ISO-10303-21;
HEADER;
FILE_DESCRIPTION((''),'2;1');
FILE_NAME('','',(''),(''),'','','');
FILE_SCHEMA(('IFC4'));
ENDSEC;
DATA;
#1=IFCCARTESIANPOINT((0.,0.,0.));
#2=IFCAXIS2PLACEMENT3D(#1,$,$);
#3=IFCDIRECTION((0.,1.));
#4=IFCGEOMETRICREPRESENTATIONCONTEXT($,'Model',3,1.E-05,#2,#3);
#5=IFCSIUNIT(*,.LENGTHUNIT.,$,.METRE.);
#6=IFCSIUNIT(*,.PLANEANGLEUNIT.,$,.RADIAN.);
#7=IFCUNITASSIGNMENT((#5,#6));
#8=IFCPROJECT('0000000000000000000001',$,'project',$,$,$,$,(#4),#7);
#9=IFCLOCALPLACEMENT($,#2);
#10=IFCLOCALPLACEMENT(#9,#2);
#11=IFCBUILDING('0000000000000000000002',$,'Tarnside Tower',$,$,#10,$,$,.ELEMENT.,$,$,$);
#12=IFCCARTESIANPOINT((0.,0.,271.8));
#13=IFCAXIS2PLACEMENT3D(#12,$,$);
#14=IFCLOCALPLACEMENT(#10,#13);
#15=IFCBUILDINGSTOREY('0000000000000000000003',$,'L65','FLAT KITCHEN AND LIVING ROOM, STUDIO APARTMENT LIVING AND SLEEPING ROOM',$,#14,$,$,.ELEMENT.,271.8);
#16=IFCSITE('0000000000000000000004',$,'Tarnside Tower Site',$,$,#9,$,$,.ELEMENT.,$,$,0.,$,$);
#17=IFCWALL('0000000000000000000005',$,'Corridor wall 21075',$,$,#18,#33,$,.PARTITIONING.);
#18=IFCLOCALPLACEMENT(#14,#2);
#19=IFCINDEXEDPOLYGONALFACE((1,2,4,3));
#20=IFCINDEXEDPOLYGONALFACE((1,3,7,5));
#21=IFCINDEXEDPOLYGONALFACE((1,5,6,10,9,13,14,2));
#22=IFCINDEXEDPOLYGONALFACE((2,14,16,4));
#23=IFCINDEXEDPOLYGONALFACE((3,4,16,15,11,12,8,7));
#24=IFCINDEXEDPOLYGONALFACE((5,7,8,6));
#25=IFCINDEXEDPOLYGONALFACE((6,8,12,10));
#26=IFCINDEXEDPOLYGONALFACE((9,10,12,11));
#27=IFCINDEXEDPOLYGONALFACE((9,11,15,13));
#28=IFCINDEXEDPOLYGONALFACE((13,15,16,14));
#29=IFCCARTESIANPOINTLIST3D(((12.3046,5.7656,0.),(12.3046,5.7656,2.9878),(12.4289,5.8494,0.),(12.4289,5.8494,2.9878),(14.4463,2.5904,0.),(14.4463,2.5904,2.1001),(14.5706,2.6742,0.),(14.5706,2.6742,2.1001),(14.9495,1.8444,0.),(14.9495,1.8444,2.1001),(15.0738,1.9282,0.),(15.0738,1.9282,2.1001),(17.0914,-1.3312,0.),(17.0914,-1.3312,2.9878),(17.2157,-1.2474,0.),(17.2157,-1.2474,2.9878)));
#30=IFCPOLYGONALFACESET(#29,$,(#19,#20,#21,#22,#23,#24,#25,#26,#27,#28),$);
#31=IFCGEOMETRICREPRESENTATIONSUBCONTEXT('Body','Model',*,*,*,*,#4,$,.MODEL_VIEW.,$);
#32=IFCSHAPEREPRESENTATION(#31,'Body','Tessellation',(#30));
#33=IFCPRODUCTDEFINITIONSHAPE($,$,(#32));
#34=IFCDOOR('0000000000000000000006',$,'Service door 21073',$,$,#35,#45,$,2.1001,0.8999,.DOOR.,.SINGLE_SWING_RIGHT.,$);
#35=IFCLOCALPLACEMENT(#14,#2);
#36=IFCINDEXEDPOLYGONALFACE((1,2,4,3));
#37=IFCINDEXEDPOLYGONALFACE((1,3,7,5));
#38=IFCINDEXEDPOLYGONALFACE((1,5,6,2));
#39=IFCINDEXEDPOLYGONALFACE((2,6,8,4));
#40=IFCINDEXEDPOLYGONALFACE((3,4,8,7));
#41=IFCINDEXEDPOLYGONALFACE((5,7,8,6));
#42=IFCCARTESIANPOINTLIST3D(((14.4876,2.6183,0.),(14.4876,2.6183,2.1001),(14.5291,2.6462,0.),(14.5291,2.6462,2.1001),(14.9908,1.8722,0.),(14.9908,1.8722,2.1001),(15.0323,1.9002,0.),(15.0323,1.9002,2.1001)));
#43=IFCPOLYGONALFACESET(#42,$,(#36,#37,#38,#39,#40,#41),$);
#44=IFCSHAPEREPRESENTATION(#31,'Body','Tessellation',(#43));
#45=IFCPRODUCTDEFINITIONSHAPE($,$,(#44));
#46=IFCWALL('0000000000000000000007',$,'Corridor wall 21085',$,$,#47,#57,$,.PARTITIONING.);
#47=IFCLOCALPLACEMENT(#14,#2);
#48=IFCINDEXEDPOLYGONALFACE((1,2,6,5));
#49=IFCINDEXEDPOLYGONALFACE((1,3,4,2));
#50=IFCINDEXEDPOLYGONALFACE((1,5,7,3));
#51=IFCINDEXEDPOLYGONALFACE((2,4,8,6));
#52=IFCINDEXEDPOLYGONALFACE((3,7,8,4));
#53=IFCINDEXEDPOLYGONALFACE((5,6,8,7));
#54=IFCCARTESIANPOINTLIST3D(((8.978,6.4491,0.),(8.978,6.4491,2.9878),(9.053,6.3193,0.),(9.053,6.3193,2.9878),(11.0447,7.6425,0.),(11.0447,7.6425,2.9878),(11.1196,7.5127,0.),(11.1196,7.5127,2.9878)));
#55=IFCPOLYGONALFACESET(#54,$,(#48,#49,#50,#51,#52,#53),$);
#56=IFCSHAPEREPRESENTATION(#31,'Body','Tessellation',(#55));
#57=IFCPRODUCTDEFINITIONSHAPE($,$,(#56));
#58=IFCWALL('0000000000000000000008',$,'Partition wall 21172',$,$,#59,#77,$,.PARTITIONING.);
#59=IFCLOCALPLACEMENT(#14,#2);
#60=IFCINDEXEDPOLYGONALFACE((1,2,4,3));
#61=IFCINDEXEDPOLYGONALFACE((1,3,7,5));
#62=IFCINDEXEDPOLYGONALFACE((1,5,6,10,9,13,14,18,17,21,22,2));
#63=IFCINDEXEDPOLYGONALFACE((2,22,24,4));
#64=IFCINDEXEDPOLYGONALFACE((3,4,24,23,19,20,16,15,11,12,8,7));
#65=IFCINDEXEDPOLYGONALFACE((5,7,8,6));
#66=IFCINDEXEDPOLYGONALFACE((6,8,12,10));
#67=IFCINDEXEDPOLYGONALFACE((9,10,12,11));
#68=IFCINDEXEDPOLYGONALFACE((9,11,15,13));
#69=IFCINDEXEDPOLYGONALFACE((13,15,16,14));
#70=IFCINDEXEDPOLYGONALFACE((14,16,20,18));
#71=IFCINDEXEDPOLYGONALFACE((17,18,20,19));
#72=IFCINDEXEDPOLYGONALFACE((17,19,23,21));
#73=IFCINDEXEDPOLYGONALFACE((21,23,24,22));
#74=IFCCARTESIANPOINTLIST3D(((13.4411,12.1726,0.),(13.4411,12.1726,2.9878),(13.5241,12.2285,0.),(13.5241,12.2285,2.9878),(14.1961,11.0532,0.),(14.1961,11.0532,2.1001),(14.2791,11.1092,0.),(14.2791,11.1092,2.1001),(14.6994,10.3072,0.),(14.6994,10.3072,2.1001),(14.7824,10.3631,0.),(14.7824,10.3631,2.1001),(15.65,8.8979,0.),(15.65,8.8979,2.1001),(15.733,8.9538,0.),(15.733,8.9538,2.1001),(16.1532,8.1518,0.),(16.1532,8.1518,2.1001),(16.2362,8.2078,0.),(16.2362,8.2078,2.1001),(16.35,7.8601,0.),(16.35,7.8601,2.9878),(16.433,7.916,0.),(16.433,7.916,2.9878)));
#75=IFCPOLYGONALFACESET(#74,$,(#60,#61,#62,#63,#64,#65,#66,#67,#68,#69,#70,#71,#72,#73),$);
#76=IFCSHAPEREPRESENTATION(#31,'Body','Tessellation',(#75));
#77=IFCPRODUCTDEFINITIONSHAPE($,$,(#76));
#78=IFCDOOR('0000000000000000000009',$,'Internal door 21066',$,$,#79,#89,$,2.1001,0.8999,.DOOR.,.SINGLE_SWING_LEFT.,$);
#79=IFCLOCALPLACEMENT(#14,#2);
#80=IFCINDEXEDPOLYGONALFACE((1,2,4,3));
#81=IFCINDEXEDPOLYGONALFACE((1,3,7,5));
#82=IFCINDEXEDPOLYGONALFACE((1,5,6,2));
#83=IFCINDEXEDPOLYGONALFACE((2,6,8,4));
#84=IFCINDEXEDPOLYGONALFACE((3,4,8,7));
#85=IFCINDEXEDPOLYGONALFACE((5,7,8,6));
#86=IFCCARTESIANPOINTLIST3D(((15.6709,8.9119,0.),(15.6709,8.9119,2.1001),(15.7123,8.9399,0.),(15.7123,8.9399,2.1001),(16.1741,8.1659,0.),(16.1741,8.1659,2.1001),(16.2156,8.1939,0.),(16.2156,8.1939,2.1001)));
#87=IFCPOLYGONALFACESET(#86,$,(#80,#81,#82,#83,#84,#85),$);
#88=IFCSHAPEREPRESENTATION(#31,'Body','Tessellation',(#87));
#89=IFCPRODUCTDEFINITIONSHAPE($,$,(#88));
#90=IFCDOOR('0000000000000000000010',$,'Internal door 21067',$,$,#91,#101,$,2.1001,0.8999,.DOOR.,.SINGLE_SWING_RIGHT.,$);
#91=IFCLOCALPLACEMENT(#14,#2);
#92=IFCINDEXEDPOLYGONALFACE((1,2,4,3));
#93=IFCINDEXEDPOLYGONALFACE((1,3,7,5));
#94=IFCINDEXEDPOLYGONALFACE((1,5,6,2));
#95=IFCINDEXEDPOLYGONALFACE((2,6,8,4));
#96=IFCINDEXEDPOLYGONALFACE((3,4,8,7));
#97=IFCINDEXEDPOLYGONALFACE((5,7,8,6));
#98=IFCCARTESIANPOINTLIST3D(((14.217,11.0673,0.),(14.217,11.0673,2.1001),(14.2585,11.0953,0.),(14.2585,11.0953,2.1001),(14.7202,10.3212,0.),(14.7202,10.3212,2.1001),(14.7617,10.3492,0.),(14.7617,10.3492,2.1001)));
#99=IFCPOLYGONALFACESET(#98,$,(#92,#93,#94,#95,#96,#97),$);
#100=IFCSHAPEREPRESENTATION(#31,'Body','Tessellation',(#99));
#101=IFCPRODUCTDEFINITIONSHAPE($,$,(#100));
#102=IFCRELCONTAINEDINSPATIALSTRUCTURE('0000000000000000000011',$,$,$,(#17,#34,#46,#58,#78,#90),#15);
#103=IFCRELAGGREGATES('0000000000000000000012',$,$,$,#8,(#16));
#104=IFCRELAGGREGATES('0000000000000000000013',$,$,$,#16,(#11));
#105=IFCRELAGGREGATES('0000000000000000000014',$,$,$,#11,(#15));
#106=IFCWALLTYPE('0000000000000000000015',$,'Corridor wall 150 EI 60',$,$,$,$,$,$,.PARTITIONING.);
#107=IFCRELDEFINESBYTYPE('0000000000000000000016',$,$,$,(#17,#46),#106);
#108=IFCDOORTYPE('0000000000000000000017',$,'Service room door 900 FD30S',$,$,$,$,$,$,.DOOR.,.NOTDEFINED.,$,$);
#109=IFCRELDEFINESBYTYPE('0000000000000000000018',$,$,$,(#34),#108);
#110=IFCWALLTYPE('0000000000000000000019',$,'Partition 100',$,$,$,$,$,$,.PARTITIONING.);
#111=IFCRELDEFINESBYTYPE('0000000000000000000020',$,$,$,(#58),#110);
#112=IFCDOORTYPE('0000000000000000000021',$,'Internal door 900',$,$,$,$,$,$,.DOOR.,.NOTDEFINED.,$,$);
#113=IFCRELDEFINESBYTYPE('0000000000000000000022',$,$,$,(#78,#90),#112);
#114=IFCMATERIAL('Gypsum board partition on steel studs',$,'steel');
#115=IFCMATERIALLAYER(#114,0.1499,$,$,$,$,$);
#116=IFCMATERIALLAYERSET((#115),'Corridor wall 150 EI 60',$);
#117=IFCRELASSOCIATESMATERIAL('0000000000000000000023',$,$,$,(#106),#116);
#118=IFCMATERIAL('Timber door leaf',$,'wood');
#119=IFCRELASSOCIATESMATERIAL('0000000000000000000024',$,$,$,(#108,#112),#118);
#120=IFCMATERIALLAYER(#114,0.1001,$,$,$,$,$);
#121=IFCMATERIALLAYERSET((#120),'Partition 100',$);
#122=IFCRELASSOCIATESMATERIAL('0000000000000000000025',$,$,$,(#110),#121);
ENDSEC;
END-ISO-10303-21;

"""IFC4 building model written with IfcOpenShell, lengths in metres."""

from ifc_helpers import new_model, si_unit, direction, frame, frame_2d, origin, place, context, subcontext, project, spatial, rectangle, extrude, material, layer, layer_set, type_object, element, fill, save


model = new_model("IFC4")

# Units and contexts
model_context = context("Model", 3, precision=1e-05, world=origin(), true_north=direction((0.0, 1.0)))
body_context = subcontext(model_context, "Body", "Model", "MODEL_VIEW")
ifc_project = project(units=[si_unit("LENGTHUNIT", "METRE"), si_unit("PLANEANGLEUNIT", "RADIAN")], contexts=[model_context])

# Site, building, storey
site_placement = place(None, origin())
site = spatial("IfcSite", under=ifc_project, at=site_placement, Name="Tarnside Tower Site", CompositionType="ELEMENT", RefElevation=0.0)
building_placement = place(site_placement, origin())
building = spatial("IfcBuilding", under=site, at=building_placement, Name="Tarnside Tower", CompositionType="ELEMENT")
storey_placement = place(building_placement, frame((0.0, 0.0, 271.8)))
storey = spatial("IfcBuildingStorey", under=building, at=storey_placement, Name="L65", Description="FLAT KITCHEN AND LIVING ROOM, STUDIO APARTMENT LIVING AND SLEEPING ROOM", CompositionType="ELEMENT", Elevation=271.8)

# Shared definitions
ifc_material_1 = material(Name="Gypsum board partition on steel studs", Category="steel")

# Shared definitions
ifc_material_2 = material(Name="Timber door leaf", Category="wood")

# Shared definitions
ifc_layer_1 = layer(ifc_material_1, 0.1499)
ifc_layer_set_1 = layer_set([ifc_layer_1], Name="Corridor wall 150 EI 60")
wall_type_1 = type_object("IfcWallType", Name="Corridor wall 150 EI 60", PredefinedType="PARTITIONING", material=ifc_layer_set_1)

# Wall, opening, door
wall_1_placement = place(storey_placement, frame((12.3667, 5.8076, 0.0), z_axis=(0.0, 0.0, 1.0), x_axis=(0.559187, -0.829041, 0.0)))
wall_1 = element("IfcWall", 1, at=wall_1_placement, inside=storey, type_object=wall_type_1, Name="Corridor wall 21075", PredefinedType="PARTITIONING", context=body_context, shape_type="SweptSolid", body=[
    extrude(rectangle(XDim=8.5603, YDim=0.1499, at=frame_2d((4.2803, 0.0))), origin(), (0.0, 0.0, 1.0), 2.9878),
])
opening_1_placement = place(wall_1_placement, frame((3.8301, 0.0, 0.0)))
opening_1 = element("IfcOpeningElement", 2, at=opening_1_placement, cuts=wall_1, PredefinedType="OPENING", context=body_context, shape_type="SweptSolid", body=[
    extrude(rectangle(XDim=0.8999, YDim=2.1001, at=frame_2d((0.45, 1.05))), frame((0.0, 0.085, 0.0), z_axis=(0.0, -1.0, 0.0), x_axis=(1.0, 0.0, 0.0)), (0.0, 0.0, 1.0), 0.1699),
])
door_type_1 = type_object("IfcDoorType", Name="Service room door 900 FD30S", OperationType="NOTDEFINED", PredefinedType="DOOR", material=ifc_material_2)
door_1_placement = place(opening_1_placement, origin())
door_1 = element("IfcDoor", 3, at=door_1_placement, inside=storey, type_object=door_type_1, Name="Service door 21073", OperationType="SINGLE_SWING_RIGHT", OverallHeight=2.1001, OverallWidth=0.8999, PredefinedType="DOOR", context=body_context, shape_type="SweptSolid", body=[
    extrude(rectangle(XDim=0.8999, YDim=2.1001, at=frame_2d((0.45, 1.05))), frame((0.0, 0.0249, 0.0), z_axis=(0.0, -1.0, 0.0), x_axis=(1.0, 0.0, 0.0)), (0.0, 0.0, 1.0), 0.05),
])
fill(opening_1, door_1)

# Wall
wall_2_placement = place(storey_placement, frame((11.0823, 7.5776, 0.0), z_axis=(0.0, 0.0, 1.0), x_axis=(-0.865993, -0.500056, 0.0)))
element("IfcWall", 4, at=wall_2_placement, inside=storey, type_object=wall_type_1, Name="Corridor wall 21085", PredefinedType="PARTITIONING", context=body_context, shape_type="SweptSolid", body=[
    extrude(rectangle(XDim=2.3865, YDim=0.1499, at=frame_2d((1.1934, 0.0))), origin(), (0.0, 0.0, 1.0), 2.9878),
])

# Wall, openings, doors
ifc_layer_2 = layer(ifc_material_1, 0.1001)
ifc_layer_set_2 = layer_set([ifc_layer_2], Name="Partition 100")
wall_type_2 = type_object("IfcWallType", Name="Partition 100", PredefinedType="PARTITIONING", material=ifc_layer_set_2)
wall_3_placement = place(storey_placement, frame((16.3916, 7.8879, 0.0), z_axis=(0.0, 0.0, 1.0), x_axis=(-0.559208, 0.829027, 0.0)))
wall_3 = element("IfcWall", 5, at=wall_3_placement, inside=storey, type_object=wall_type_2, Name="Partition wall 21172", PredefinedType="PARTITIONING", context=body_context, shape_type="SweptSolid", body=[
    extrude(rectangle(XDim=5.2019, YDim=0.1001, at=frame_2d((2.6011, 0.0))), origin(), (0.0, 0.0, 1.0), 2.9878),
])
opening_2_placement = place(wall_3_placement, frame((0.3521, 0.0, 0.0)))
opening_2 = element("IfcOpeningElement", 6, at=opening_2_placement, cuts=wall_3, PredefinedType="OPENING", context=body_context, shape_type="SweptSolid", body=[
    extrude(rectangle(XDim=0.8999, YDim=2.1001, at=frame_2d((0.45, 1.05))), frame((0.0, 0.0601, 0.0), z_axis=(0.0, -1.0, 0.0), x_axis=(1.0, 0.0, 0.0)), (0.0, 0.0, 1.0), 0.1201),
])
opening_3_placement = place(wall_3_placement, frame((2.9519, 0.0, 0.0)))
opening_3 = element("IfcOpeningElement", 7, at=opening_3_placement, cuts=wall_3, PredefinedType="OPENING", context=body_context, shape_type="SweptSolid", body=[
    extrude(rectangle(XDim=0.8999, YDim=2.1001, at=frame_2d((0.45, 1.05))), frame((0.0, 0.0601, 0.0), z_axis=(0.0, -1.0, 0.0), x_axis=(1.0, 0.0, 0.0)), (0.0, 0.0, 1.0), 0.1201),
])
door_type_2 = type_object("IfcDoorType", Name="Internal door 900", OperationType="NOTDEFINED", PredefinedType="DOOR", material=ifc_material_2)
door_2_placement = place(opening_2_placement, origin())
door_2 = element("IfcDoor", 8, at=door_2_placement, inside=storey, type_object=door_type_2, Name="Internal door 21066", OperationType="SINGLE_SWING_LEFT", OverallHeight=2.1001, OverallWidth=0.8999, PredefinedType="DOOR", context=body_context, shape_type="SweptSolid", body=[
    extrude(rectangle(XDim=0.8999, YDim=2.1001, at=frame_2d((0.45, 1.05))), frame((0.0, 0.0249, 0.0), z_axis=(0.0, -1.0, 0.0), x_axis=(1.0, 0.0, 0.0)), (0.0, 0.0, 1.0), 0.05),
])
fill(opening_2, door_2)
door_3_placement = place(opening_3_placement, origin())
door_3 = element("IfcDoor", 9, at=door_3_placement, inside=storey, type_object=door_type_2, Name="Internal door 21067", OperationType="SINGLE_SWING_RIGHT", OverallHeight=2.1001, OverallWidth=0.8999, PredefinedType="DOOR", context=body_context, shape_type="SweptSolid", body=[
    extrude(rectangle(XDim=0.8999, YDim=2.1001, at=frame_2d((0.45, 1.05))), frame((0.0, 0.0249, 0.0), z_axis=(0.0, -1.0, 0.0), x_axis=(1.0, 0.0, 0.0)), (0.0, 0.0, 1.0), 0.05),
])
fill(opening_3, door_3)

save(model, "model.ifc")
